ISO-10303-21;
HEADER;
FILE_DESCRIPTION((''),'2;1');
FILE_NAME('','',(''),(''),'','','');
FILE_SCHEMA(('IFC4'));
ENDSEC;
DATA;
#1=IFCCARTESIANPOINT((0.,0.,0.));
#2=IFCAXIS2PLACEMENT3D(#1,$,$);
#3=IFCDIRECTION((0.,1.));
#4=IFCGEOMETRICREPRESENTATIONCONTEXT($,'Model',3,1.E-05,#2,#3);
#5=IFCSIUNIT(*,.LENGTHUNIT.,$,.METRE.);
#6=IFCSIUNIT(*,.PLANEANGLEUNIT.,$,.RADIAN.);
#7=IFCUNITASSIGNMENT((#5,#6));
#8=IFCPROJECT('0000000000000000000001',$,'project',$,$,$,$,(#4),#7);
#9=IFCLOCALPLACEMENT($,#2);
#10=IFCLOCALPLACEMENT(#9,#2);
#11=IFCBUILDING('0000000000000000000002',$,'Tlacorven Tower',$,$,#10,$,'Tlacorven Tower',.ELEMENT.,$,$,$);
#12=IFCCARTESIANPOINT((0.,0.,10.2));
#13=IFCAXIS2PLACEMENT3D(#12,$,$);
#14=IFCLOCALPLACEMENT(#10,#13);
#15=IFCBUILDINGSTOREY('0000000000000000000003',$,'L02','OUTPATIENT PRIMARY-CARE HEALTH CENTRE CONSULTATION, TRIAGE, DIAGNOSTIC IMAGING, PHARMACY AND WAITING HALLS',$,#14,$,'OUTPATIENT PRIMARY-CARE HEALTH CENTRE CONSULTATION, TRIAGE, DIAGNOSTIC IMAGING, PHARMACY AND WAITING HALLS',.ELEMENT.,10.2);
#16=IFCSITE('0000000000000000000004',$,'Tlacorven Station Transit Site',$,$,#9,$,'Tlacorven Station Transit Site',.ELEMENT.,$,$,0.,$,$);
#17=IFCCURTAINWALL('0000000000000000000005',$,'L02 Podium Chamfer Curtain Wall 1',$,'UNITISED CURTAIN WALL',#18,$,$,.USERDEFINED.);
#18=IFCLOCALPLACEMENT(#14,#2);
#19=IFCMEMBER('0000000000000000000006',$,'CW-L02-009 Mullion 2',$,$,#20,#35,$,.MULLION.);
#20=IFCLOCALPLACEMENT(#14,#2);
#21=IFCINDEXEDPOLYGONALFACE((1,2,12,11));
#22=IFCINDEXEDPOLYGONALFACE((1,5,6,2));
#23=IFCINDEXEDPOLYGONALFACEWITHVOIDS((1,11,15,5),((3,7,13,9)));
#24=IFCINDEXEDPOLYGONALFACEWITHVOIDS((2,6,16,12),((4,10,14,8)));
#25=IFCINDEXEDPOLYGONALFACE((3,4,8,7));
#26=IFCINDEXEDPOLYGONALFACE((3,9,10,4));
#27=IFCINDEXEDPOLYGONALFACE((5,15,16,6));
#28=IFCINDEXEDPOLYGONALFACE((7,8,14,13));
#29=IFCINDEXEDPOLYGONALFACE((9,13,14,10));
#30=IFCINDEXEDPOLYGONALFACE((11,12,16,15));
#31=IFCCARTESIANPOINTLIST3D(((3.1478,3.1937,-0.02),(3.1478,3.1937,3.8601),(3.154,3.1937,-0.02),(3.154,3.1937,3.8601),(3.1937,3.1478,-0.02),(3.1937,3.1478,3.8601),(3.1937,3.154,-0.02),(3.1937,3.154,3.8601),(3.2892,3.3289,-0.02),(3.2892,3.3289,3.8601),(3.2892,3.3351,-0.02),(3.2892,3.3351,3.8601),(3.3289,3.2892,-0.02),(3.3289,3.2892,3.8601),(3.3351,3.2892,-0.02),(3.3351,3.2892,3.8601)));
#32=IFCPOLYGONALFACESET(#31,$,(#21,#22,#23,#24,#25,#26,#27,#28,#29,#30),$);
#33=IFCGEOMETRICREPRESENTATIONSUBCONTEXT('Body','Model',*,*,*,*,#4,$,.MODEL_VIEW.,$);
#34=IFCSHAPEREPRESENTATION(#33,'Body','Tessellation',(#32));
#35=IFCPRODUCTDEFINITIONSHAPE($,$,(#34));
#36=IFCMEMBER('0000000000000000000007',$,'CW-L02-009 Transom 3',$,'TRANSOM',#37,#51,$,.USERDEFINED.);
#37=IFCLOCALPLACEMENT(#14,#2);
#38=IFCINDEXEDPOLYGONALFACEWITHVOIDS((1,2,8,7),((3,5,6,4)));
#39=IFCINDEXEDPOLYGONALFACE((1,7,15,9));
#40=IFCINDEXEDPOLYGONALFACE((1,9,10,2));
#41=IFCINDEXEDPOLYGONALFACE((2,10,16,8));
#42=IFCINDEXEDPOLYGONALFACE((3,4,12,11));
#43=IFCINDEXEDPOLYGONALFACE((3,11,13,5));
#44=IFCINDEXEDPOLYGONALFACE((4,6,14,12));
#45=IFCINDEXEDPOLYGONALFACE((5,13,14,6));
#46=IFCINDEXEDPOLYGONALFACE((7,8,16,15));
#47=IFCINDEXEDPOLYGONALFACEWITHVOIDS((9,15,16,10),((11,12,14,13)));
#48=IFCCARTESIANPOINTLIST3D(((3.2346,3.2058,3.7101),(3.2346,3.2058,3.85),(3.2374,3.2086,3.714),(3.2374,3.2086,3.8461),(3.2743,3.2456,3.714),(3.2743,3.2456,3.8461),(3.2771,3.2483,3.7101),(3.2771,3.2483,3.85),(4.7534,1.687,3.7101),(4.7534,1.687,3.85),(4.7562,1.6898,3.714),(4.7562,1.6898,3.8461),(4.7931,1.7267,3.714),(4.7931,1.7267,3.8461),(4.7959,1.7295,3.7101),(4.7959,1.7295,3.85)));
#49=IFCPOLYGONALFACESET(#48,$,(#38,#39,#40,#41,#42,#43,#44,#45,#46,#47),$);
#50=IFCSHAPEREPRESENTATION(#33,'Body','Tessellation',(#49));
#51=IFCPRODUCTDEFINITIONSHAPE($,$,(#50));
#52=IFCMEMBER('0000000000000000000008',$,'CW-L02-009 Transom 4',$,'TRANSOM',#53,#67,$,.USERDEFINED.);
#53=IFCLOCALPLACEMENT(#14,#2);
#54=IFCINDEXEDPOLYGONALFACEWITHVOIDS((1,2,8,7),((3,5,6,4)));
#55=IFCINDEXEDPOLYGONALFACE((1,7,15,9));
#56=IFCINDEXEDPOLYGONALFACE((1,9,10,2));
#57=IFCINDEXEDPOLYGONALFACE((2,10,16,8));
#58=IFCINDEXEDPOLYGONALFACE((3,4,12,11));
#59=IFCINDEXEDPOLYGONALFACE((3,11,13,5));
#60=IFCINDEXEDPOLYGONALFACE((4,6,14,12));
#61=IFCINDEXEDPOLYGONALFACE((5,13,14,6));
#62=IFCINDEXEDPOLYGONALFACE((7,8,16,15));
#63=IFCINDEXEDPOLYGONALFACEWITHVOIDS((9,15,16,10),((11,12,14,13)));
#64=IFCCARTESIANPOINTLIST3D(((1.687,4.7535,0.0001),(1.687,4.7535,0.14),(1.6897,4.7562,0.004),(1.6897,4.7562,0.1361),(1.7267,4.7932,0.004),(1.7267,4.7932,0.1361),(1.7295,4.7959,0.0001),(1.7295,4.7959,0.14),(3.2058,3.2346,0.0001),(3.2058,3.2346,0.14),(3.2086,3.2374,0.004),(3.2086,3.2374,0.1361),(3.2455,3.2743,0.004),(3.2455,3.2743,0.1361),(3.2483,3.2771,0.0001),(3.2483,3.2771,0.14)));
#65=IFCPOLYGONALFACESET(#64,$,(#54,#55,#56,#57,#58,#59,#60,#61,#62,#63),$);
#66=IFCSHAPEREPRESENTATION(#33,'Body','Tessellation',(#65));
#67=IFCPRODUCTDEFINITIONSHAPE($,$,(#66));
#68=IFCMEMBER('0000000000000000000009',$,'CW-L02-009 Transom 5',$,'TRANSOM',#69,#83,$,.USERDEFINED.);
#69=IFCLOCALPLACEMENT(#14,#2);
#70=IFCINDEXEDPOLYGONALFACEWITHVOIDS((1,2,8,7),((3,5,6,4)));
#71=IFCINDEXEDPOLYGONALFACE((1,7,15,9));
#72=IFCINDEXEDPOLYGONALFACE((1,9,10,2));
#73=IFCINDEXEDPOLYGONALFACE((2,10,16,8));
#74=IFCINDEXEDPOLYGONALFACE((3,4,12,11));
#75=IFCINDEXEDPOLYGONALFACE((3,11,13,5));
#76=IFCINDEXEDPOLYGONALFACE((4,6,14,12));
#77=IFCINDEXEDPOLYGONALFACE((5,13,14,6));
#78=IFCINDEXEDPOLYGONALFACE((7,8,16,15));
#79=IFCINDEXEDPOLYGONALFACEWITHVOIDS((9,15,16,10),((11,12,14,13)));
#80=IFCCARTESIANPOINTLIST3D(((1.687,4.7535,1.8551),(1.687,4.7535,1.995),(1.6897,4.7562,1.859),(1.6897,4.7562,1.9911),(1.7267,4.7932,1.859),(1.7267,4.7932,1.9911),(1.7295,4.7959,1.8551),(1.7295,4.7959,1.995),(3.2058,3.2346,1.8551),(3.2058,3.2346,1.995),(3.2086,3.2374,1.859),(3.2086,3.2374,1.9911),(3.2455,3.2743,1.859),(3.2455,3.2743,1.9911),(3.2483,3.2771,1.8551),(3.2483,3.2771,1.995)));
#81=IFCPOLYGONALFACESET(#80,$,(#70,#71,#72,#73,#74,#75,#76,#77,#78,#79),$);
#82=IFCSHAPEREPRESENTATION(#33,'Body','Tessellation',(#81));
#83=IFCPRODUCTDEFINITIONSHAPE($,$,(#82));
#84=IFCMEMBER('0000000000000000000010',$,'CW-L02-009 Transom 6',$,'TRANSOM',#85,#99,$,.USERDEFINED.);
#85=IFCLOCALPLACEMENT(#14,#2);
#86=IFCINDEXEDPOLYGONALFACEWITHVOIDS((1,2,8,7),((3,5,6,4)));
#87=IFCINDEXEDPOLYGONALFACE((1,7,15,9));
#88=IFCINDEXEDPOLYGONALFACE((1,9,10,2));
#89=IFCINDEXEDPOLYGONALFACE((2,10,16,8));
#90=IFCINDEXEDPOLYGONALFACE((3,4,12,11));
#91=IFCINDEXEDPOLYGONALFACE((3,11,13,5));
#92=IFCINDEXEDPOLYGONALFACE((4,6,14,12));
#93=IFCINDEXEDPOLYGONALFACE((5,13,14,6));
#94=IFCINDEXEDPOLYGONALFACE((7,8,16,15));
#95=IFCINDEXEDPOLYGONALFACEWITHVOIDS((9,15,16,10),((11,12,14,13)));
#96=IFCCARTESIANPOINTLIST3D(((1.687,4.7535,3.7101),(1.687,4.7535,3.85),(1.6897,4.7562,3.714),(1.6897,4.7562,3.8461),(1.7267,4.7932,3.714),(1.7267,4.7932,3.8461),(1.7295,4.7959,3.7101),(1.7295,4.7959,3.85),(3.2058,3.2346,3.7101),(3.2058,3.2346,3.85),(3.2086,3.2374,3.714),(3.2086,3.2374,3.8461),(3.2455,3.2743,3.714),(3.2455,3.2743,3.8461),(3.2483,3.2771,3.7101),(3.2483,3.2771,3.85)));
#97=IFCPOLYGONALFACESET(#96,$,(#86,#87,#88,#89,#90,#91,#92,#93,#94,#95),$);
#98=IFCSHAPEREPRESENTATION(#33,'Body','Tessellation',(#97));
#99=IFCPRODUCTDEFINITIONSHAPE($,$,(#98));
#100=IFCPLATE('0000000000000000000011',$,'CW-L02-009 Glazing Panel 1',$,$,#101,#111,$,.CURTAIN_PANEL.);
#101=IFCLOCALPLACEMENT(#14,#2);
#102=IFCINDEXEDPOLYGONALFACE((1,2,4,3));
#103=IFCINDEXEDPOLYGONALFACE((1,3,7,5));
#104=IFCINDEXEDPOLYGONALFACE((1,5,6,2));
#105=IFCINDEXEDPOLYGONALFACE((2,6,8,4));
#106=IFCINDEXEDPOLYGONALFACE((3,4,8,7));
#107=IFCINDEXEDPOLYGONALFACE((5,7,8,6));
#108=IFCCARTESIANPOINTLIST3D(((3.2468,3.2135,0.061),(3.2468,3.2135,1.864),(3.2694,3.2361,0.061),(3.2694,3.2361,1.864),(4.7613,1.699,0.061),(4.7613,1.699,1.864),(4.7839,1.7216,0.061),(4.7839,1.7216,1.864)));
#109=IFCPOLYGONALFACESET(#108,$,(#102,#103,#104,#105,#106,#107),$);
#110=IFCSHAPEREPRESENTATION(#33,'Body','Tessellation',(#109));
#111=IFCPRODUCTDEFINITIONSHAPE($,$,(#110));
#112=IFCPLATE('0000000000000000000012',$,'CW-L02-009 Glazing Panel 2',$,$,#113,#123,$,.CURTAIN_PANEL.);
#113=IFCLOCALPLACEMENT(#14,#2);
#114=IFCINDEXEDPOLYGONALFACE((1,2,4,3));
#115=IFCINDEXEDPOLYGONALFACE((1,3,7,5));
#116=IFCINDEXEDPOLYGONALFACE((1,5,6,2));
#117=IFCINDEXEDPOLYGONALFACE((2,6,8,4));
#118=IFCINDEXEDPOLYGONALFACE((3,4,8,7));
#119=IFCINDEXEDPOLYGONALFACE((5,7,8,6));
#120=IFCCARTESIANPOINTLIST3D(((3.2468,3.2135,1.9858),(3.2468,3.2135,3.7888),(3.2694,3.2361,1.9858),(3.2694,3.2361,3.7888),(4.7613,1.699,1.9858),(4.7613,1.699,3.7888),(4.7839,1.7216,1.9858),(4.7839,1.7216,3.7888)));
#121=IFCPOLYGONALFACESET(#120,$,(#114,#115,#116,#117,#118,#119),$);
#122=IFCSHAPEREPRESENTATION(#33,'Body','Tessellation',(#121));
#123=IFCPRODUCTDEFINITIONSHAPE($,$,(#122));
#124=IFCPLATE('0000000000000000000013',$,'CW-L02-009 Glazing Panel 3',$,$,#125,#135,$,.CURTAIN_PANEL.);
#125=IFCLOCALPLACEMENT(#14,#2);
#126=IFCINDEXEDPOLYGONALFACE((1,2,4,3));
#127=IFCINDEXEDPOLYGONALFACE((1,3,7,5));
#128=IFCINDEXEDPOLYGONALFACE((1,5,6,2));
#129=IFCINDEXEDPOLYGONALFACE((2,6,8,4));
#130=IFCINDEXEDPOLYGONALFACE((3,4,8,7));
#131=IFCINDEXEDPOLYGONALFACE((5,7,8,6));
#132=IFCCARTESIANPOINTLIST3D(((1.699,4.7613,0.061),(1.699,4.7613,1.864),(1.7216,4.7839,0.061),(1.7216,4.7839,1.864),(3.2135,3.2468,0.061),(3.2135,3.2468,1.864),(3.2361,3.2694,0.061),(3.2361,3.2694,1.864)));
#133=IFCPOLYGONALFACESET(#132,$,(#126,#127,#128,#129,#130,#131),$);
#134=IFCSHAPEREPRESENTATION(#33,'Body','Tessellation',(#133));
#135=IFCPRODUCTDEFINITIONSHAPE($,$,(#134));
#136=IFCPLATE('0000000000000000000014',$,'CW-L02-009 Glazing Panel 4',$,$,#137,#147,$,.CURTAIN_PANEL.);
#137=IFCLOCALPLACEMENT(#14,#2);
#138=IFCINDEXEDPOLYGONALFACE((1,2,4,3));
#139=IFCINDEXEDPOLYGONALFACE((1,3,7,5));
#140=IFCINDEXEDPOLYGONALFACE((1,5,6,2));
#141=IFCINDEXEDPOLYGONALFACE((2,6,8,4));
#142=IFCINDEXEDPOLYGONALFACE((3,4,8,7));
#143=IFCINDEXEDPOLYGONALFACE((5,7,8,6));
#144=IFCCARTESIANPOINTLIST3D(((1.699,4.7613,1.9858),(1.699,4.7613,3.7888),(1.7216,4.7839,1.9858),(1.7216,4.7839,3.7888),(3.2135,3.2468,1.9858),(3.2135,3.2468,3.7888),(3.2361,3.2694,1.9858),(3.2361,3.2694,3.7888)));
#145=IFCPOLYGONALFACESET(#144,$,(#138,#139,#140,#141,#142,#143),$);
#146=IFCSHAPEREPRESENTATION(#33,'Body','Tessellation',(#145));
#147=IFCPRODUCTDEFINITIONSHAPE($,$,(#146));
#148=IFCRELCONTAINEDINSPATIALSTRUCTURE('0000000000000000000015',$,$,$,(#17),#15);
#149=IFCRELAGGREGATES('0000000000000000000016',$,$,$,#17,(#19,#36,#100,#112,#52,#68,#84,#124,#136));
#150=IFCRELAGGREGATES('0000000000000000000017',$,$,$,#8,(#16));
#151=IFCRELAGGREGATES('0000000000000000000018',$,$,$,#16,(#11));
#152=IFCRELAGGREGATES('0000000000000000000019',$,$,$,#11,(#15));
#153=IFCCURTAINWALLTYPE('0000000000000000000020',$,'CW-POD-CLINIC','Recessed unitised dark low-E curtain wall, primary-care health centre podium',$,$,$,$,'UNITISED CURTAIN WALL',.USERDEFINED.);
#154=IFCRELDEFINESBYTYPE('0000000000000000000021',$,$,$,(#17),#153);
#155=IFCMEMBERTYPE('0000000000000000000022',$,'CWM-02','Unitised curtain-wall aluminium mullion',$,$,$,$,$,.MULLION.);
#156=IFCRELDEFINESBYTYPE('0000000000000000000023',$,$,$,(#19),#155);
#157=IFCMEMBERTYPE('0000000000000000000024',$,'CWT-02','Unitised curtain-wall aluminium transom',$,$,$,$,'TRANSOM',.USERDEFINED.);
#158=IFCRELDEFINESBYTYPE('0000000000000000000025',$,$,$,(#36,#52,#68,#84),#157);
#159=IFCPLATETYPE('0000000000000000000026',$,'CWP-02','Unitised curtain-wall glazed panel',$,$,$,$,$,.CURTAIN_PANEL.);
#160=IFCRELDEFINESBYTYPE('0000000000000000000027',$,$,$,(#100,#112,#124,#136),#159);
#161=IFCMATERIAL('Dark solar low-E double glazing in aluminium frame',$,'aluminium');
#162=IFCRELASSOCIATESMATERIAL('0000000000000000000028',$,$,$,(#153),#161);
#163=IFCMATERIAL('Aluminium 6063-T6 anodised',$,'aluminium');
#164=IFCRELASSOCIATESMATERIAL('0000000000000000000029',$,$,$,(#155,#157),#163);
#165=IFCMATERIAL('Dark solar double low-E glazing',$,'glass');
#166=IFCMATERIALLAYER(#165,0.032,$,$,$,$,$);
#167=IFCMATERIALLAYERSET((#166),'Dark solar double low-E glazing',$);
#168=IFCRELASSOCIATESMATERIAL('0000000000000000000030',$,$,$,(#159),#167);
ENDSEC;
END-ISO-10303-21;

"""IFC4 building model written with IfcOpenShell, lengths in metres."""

from ifc_helpers import new_model, si_unit, direction, frame, origin, origin_2d, place, context, subcontext, project, spatial, rectangle, hollow_rectangle, extrude, source, transform, mapped, material, layer, layer_set, material_profile, profile_set, type_object, element, aggregate, save


model = new_model("IFC4")

# Units and contexts
model_context = context("Model", 3, precision=1e-05, world=origin(), true_north=direction((0.0, 1.0)))
body_context = subcontext(model_context, "Body", "Model", "MODEL_VIEW")
ifc_project = project(units=[si_unit("LENGTHUNIT", "METRE"), si_unit("PLANEANGLEUNIT", "RADIAN")], contexts=[model_context])

# Site, building, storey
site_placement = place(None, origin())
site = spatial("IfcSite", under=ifc_project, at=site_placement, Name="Tlacorven Station Transit Site", LongName="Tlacorven Station Transit Site", CompositionType="ELEMENT", RefElevation=0.0)
building_placement = place(site_placement, origin())
building = spatial("IfcBuilding", under=site, at=building_placement, Name="Tlacorven Tower", LongName="Tlacorven Tower", CompositionType="ELEMENT")
storey_placement = place(building_placement, frame((0.0, 0.0, 10.2)))
storey = spatial("IfcBuildingStorey", under=building, at=storey_placement, Name="L02", Description="OUTPATIENT PRIMARY-CARE HEALTH CENTRE CONSULTATION, TRIAGE, DIAGNOSTIC IMAGING, PHARMACY AND WAITING HALLS", LongName="OUTPATIENT PRIMARY-CARE HEALTH CENTRE CONSULTATION, TRIAGE, DIAGNOSTIC IMAGING, PHARMACY AND WAITING HALLS", CompositionType="ELEMENT", Elevation=10.2)

# Curtain wall, members, plates
ifc_material_1 = material(Name="Dark solar low-E double glazing in aluminium frame", Category="aluminium")
curtain_wall_type = type_object("IfcCurtainWallType", Name="CW-POD-CLINIC", Description="Recessed unitised dark low-E curtain wall, primary-care health centre podium", ElementType="UNITISED CURTAIN WALL", PredefinedType="USERDEFINED", material=ifc_material_1)
curtain_wall_placement = place(storey_placement, origin())
curtain_wall = element("IfcCurtainWall", 1, at=curtain_wall_placement, inside=storey, type_object=curtain_wall_type, Name="L02 Podium Chamfer Curtain Wall 1", ObjectType="UNITISED CURTAIN WALL", PredefinedType="USERDEFINED")
ifc_material_2 = material(Name="Aluminium 6063-T6 anodised", Category="aluminium")
ifc_material_profile_1 = material_profile(ifc_material_2, hollow_rectangle(XDim=0.0649, YDim=0.2, WallThickness=0.0044, at=origin_2d()), Name="ALU MULLION 65X200")
ifc_profile_set_1 = profile_set([ifc_material_profile_1], Name="Aluminium 6063-T6 anodised")
member_type_1 = type_object("IfcMemberType", Name="CWM-02", Description="Unitised curtain-wall aluminium mullion", PredefinedType="MULLION", material=ifc_profile_set_1)
shared_shape_1 = source(origin(), body_context, "Body", "SweptSolid", [
    extrude(hollow_rectangle(XDim=0.0649, YDim=0.2, WallThickness=0.0044, at=origin_2d()), origin(), (0.0, 0.0, 1.0), 3.8801),
])
member_1_placement = place(storey_placement, frame((3.2415, 3.2415, -0.02), z_axis=(0.0, 0.0, 1.0), x_axis=(-0.707107, 0.707107, 0.0)))
member_1 = element("IfcMember", 2, at=member_1_placement, type_object=member_type_1, Name="CW-L02-009 Mullion 2", PredefinedType="MULLION", context=body_context, shape_type="MappedRepresentation", body=[
    mapped(shared_shape_1, transform((0.0, 0.0, 0.0), scale=1.0)),
])
ifc_material_profile_2 = material_profile(ifc_material_2, hollow_rectangle(XDim=0.0601, YDim=0.1399, WallThickness=0.0039, at=origin_2d()), Name="ALU TRANSOM 60X140")
ifc_profile_set_2 = profile_set([ifc_material_profile_2], Name="Aluminium 6063-T6 anodised")
member_type_2 = type_object("IfcMemberType", Name="CWT-02", Description="Unitised curtain-wall aluminium transom", ElementType="TRANSOM", PredefinedType="USERDEFINED", material=ifc_profile_set_2)
shared_shape_2 = source(origin(), body_context, "Body", "SweptSolid", [
    extrude(hollow_rectangle(XDim=0.0601, YDim=0.1399, WallThickness=0.0039, at=origin_2d()), origin(), (0.0, 0.0, 1.0), 2.1479),
])
member_2_placement = place(storey_placement, frame((4.7747, 1.7083, 3.78), z_axis=(-0.707107, 0.707107, 0.0), x_axis=(-0.707107, -0.707107, 0.0)))
member_2 = element("IfcMember", 3, at=member_2_placement, type_object=member_type_2, Name="CW-L02-009 Transom 3", ObjectType="TRANSOM", PredefinedType="USERDEFINED", context=body_context, shape_type="MappedRepresentation", body=[
    mapped(shared_shape_2, transform((0.0, 0.0, 0.0), scale=1.0)),
])
member_3_placement = place(storey_placement, frame((3.2271, 3.2559, 0.0701), z_axis=(-0.707107, 0.707107, 0.0), x_axis=(-0.707107, -0.707107, 0.0)))
member_3 = element("IfcMember", 4, at=member_3_placement, type_object=member_type_2, Name="CW-L02-009 Transom 4", ObjectType="TRANSOM", PredefinedType="USERDEFINED", context=body_context, shape_type="MappedRepresentation", body=[
    mapped(shared_shape_2, transform((0.0, 0.0, 0.0), scale=1.0)),
])
member_4_placement = place(storey_placement, frame((3.2271, 3.2559, 1.925), z_axis=(-0.707107, 0.707107, 0.0), x_axis=(-0.707107, -0.707107, 0.0)))
member_4 = element("IfcMember", 5, at=member_4_placement, type_object=member_type_2, Name="CW-L02-009 Transom 5", ObjectType="TRANSOM", PredefinedType="USERDEFINED", context=body_context, shape_type="MappedRepresentation", body=[
    mapped(shared_shape_2, transform((0.0, 0.0, 0.0), scale=1.0)),
])
member_5_placement = place(storey_placement, frame((3.2271, 3.2559, 3.78), z_axis=(-0.707107, 0.707107, 0.0), x_axis=(-0.707107, -0.707107, 0.0)))
member_5 = element("IfcMember", 6, at=member_5_placement, type_object=member_type_2, Name="CW-L02-009 Transom 6", ObjectType="TRANSOM", PredefinedType="USERDEFINED", context=body_context, shape_type="MappedRepresentation", body=[
    mapped(shared_shape_2, transform((0.0, 0.0, 0.0), scale=1.0)),
])
ifc_material_3 = material(Name="Dark solar double low-E glazing", Category="glass")
ifc_layer = layer(ifc_material_3, 0.032)
ifc_layer_set = layer_set([ifc_layer], Name="Dark solar double low-E glazing")
plate_type = type_object("IfcPlateType", Name="CWP-02", Description="Unitised curtain-wall glazed panel", PredefinedType="CURTAIN_PANEL", material=ifc_layer_set)
shared_shape_3 = source(origin(), body_context, "Body", "SweptSolid", [
    extrude(rectangle(XDim=2.1418, YDim=0.032, at=origin_2d()), origin(), (0.0, 0.0, 1.0), 1.803),
])
plate_1_placement = place(storey_placement, frame((4.0154, 2.4675, 0.061), z_axis=(0.0, 0.0, 1.0), x_axis=(-0.707107, 0.707107, 0.0)))
plate_1 = element("IfcPlate", 7, at=plate_1_placement, type_object=plate_type, Name="CW-L02-009 Glazing Panel 1", PredefinedType="CURTAIN_PANEL", context=body_context, shape_type="MappedRepresentation", body=[
    mapped(shared_shape_3, transform((0.0, 0.0, 0.0), scale=1.0)),
])
plate_2_placement = place(storey_placement, frame((4.0154, 2.4675, 1.9858), z_axis=(0.0, 0.0, 1.0), x_axis=(-0.707107, 0.707107, 0.0)))
plate_2 = element("IfcPlate", 8, at=plate_2_placement, type_object=plate_type, Name="CW-L02-009 Glazing Panel 2", PredefinedType="CURTAIN_PANEL", context=body_context, shape_type="MappedRepresentation", body=[
    mapped(shared_shape_3, transform((0.0, 0.0, 0.0), scale=1.0)),
])
plate_3_placement = place(storey_placement, frame((2.4675, 4.0154, 0.061), z_axis=(0.0, 0.0, 1.0), x_axis=(-0.707107, 0.707107, 0.0)))
plate_3 = element("IfcPlate", 9, at=plate_3_placement, type_object=plate_type, Name="CW-L02-009 Glazing Panel 3", PredefinedType="CURTAIN_PANEL", context=body_context, shape_type="MappedRepresentation", body=[
    mapped(shared_shape_3, transform((0.0, 0.0, 0.0), scale=1.0)),
])
plate_4_placement = place(storey_placement, frame((2.4675, 4.0154, 1.9858), z_axis=(0.0, 0.0, 1.0), x_axis=(-0.707107, 0.707107, 0.0)))
plate_4 = element("IfcPlate", 10, at=plate_4_placement, type_object=plate_type, Name="CW-L02-009 Glazing Panel 4", PredefinedType="CURTAIN_PANEL", context=body_context, shape_type="MappedRepresentation", body=[
    mapped(shared_shape_3, transform((0.0, 0.0, 0.0), scale=1.0)),
])
aggregate(curtain_wall, [member_1, member_2, plate_1, plate_2, member_3, member_4, member_5, plate_3, plate_4])

save(model, "model.ifc")
